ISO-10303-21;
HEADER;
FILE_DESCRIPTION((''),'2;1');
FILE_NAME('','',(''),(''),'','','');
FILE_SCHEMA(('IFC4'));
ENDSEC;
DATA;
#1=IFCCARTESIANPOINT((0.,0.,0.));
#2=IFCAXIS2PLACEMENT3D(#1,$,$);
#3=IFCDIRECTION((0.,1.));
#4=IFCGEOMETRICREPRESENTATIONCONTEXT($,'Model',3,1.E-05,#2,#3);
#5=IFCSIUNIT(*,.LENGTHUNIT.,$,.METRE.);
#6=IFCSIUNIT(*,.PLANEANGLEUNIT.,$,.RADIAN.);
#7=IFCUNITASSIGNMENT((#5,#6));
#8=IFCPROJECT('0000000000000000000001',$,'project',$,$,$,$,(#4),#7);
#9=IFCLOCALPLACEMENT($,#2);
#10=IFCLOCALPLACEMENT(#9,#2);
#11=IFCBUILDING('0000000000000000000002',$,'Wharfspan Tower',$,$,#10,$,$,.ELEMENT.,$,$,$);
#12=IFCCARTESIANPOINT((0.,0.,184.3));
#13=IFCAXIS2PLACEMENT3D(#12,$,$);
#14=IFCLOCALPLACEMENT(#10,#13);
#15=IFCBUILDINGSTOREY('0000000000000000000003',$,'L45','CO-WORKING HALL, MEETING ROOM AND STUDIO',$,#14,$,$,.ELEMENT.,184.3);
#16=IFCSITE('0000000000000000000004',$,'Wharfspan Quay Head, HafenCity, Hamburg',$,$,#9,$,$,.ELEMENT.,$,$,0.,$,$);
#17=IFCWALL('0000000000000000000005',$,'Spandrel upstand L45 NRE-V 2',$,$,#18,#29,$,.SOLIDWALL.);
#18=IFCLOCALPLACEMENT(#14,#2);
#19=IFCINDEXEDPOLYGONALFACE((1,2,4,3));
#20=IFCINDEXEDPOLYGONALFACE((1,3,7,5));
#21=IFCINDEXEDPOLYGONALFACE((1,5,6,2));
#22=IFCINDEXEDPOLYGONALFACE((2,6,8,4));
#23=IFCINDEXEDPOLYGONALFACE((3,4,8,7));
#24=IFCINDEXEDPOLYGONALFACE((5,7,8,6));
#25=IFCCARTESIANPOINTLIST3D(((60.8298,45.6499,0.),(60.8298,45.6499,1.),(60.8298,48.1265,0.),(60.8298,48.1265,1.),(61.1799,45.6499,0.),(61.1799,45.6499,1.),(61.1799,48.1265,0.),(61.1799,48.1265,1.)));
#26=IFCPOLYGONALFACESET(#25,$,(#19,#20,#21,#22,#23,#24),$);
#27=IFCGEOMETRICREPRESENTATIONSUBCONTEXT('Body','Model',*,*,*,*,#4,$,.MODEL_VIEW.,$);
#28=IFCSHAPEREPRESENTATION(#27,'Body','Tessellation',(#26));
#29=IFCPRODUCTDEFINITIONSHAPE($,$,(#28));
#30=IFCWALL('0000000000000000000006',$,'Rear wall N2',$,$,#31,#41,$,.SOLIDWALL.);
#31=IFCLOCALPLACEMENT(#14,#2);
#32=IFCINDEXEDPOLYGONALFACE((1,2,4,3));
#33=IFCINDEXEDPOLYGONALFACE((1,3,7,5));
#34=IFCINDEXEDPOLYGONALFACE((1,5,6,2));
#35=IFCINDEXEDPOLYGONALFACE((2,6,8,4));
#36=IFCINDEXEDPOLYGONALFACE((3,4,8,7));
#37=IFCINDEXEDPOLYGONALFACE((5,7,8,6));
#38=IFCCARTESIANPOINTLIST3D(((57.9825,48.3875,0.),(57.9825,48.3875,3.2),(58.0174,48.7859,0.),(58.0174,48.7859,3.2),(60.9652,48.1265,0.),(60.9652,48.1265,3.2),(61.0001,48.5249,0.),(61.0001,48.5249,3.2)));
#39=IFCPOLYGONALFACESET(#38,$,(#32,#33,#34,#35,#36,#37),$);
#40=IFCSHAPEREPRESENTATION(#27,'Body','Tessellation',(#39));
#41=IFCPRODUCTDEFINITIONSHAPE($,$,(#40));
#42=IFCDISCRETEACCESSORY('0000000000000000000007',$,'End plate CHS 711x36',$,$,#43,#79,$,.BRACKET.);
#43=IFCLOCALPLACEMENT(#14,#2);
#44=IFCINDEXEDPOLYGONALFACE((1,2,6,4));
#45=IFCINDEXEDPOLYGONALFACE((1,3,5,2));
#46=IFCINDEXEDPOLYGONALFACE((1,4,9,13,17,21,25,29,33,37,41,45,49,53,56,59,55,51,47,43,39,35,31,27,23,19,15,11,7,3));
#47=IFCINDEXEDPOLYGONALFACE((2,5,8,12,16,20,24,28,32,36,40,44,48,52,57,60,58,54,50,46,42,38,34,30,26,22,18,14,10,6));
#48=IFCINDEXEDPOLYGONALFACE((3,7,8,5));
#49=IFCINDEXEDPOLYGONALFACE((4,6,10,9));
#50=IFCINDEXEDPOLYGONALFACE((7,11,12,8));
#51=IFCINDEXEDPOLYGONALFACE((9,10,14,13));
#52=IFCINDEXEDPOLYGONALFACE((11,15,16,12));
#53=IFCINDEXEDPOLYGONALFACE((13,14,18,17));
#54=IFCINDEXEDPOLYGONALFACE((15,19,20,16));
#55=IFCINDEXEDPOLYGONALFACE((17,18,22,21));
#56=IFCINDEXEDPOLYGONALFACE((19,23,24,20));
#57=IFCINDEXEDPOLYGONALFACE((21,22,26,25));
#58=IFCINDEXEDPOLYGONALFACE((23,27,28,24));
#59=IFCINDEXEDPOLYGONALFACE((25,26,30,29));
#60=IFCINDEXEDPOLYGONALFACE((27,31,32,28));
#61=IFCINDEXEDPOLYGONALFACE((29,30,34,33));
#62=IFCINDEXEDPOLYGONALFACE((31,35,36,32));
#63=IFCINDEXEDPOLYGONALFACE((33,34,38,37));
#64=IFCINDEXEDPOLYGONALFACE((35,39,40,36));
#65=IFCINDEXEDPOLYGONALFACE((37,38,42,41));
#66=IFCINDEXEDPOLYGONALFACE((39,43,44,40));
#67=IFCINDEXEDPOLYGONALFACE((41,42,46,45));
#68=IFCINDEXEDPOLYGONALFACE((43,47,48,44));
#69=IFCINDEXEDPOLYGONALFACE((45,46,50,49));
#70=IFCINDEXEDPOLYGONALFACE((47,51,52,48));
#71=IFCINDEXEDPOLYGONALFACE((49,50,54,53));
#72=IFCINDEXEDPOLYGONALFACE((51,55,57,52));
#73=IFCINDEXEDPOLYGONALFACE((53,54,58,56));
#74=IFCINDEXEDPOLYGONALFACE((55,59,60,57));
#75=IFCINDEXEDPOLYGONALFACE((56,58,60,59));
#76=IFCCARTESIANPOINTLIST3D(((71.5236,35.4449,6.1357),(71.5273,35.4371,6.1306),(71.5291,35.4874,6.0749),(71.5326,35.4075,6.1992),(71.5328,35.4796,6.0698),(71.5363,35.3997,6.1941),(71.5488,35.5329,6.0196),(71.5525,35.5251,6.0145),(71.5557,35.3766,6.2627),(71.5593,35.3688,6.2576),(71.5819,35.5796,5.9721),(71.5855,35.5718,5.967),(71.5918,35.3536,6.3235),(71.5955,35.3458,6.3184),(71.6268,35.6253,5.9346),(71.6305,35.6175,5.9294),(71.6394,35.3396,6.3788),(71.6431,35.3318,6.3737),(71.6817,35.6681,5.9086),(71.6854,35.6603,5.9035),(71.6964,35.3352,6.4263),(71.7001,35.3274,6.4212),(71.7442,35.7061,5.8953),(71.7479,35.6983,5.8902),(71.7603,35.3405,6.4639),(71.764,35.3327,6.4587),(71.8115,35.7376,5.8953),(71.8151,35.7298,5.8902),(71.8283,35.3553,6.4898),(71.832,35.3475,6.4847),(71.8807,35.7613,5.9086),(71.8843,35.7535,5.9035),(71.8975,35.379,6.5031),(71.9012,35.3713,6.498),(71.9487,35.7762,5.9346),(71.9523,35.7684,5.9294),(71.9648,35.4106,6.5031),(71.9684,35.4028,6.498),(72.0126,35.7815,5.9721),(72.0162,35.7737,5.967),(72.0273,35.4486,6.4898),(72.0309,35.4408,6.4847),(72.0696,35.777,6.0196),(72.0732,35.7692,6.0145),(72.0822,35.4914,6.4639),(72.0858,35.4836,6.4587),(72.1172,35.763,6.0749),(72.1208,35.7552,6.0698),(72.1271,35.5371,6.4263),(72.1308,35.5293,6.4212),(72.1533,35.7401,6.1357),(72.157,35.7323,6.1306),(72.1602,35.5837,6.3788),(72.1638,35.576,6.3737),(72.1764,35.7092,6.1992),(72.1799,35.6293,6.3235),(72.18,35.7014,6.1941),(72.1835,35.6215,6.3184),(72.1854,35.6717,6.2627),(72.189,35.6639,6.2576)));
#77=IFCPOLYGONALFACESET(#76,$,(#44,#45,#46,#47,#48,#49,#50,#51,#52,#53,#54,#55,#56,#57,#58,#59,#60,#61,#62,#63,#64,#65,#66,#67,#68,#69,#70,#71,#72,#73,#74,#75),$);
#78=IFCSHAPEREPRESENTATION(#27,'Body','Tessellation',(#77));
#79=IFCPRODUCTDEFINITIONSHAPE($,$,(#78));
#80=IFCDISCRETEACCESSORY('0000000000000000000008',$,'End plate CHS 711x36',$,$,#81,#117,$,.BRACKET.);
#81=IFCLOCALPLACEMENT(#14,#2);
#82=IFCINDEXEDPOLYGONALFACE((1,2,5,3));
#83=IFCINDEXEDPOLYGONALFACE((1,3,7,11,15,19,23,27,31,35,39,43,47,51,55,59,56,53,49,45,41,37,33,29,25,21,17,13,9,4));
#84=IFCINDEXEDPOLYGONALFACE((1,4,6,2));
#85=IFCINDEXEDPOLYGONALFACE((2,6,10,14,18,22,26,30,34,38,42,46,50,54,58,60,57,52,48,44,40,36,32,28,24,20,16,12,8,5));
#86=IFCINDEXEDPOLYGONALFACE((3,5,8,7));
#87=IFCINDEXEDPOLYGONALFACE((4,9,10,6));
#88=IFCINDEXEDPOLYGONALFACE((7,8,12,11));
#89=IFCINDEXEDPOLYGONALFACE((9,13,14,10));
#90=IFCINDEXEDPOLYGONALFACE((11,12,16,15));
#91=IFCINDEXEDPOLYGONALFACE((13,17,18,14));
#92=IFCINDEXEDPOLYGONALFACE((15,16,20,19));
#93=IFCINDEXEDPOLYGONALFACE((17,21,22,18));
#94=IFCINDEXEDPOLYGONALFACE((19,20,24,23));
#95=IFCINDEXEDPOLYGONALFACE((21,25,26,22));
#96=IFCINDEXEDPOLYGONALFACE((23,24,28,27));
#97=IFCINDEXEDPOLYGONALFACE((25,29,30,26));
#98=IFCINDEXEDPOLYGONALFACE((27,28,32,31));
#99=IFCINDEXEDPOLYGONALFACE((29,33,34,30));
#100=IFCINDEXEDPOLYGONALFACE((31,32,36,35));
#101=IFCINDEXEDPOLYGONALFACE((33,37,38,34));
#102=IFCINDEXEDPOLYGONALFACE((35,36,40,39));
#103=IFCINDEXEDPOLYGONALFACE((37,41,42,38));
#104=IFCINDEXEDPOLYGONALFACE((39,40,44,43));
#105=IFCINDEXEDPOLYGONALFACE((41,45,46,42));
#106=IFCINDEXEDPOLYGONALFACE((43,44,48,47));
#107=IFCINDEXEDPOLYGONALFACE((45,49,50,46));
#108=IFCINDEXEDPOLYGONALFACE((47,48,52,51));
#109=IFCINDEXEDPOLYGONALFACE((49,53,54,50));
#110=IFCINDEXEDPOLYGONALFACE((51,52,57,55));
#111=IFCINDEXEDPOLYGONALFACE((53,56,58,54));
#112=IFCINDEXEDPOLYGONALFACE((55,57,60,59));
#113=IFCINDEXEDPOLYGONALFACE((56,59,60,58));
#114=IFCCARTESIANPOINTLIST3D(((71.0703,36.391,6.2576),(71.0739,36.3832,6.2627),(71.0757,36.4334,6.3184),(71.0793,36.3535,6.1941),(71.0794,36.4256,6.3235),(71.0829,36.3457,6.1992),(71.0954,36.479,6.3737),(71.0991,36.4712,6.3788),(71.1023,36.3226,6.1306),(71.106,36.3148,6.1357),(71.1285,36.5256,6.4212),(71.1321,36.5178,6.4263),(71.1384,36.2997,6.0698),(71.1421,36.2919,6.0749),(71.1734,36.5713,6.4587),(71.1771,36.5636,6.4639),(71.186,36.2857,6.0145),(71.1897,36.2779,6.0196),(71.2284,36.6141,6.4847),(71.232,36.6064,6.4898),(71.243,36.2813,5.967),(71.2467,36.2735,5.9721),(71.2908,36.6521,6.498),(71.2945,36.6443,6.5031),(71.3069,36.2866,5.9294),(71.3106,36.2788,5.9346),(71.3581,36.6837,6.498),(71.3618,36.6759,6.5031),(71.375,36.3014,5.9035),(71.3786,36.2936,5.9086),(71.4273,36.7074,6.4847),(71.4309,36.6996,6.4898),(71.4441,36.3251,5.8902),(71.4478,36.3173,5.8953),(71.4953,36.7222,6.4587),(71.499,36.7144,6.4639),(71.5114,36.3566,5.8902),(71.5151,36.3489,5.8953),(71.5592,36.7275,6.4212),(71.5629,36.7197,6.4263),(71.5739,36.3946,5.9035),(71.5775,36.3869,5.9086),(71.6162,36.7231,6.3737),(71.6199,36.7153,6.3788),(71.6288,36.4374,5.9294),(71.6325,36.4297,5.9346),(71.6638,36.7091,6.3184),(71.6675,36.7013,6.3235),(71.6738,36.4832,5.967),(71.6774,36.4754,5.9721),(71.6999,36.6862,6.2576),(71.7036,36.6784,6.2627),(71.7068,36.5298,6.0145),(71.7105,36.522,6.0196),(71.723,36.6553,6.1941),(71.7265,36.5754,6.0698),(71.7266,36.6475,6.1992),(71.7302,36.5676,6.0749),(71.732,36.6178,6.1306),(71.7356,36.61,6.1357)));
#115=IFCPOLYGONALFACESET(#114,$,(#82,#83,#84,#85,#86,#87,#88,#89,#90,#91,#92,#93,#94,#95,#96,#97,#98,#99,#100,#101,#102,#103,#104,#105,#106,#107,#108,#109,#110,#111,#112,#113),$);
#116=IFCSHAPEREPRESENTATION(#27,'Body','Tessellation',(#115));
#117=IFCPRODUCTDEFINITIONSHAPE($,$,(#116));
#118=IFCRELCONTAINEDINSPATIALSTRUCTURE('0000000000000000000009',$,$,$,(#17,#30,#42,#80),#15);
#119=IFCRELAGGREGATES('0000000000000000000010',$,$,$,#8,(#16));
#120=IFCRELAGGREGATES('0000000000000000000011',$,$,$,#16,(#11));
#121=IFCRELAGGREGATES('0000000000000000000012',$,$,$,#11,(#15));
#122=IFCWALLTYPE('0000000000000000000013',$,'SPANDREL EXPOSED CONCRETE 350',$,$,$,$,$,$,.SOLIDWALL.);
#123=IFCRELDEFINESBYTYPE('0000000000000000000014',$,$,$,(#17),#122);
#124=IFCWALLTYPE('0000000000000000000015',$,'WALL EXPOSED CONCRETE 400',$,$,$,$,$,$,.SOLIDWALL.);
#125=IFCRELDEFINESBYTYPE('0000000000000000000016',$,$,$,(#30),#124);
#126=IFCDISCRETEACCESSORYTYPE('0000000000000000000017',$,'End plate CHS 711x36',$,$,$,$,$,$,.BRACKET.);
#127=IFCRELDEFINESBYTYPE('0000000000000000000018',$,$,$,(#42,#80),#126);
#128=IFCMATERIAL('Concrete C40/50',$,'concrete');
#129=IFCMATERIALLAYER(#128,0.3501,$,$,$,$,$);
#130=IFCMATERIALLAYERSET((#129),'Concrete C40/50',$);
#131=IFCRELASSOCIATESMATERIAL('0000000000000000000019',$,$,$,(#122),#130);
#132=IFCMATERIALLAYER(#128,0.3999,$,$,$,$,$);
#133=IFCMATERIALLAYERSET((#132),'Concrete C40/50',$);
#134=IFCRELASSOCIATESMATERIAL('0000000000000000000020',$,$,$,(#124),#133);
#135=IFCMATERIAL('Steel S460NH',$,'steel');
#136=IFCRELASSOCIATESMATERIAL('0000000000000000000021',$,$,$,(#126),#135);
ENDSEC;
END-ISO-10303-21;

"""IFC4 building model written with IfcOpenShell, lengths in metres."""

from ifc_helpers import new_model, si_unit, direction, frame, frame_2d, origin, origin_2d, place, context, subcontext, project, spatial, rectangle, circle, extrude, material, layer, layer_set, material_profile, profile_set, type_object, element, save


model = new_model("IFC4")

# Units and contexts
model_context = context("Model", 3, precision=1e-05, world=origin(), true_north=direction((0.0, 1.0)))
body_context = subcontext(model_context, "Body", "Model", "MODEL_VIEW")
ifc_project = project(units=[si_unit("LENGTHUNIT", "METRE"), si_unit("PLANEANGLEUNIT", "RADIAN")], contexts=[model_context])

# Site, building, storey
site_placement = place(None, origin())
site = spatial("IfcSite", under=ifc_project, at=site_placement, Name="Wharfspan Quay Head, HafenCity, Hamburg", CompositionType="ELEMENT", RefElevation=0.0)
building_placement = place(site_placement, origin())
building = spatial("IfcBuilding", under=site, at=building_placement, Name="Wharfspan Tower", CompositionType="ELEMENT")
storey_placement = place(building_placement, frame((0.0, 0.0, 184.3)))
storey = spatial("IfcBuildingStorey", under=building, at=storey_placement, Name="L45", Description="CO-WORKING HALL, MEETING ROOM AND STUDIO", CompositionType="ELEMENT", Elevation=184.3)

# Shared definitions
ifc_material_1 = material(Name="Steel S460NH", Category="steel")

# Walls
ifc_material_2 = material(Name="Concrete C40/50", Category="concrete")
ifc_layer_1 = layer(ifc_material_2, 0.3501)
ifc_layer_set_1 = layer_set([ifc_layer_1], Name="Concrete C40/50")
wall_type_1 = type_object("IfcWallType", Name="SPANDREL EXPOSED CONCRETE 350", PredefinedType="SOLIDWALL", material=ifc_layer_set_1)
wall_1_placement = place(storey_placement, frame((61.0049, 45.6499, 0.0), z_axis=(0.0, 0.0, 1.0), x_axis=(0.0, 1.0, 0.0)))
element("IfcWall", 1, at=wall_1_placement, inside=storey, type_object=wall_type_1, Name="Spandrel upstand L45 NRE-V 2", PredefinedType="SOLIDWALL", context=body_context, shape_type="SweptSolid", body=[
    extrude(rectangle(XDim=2.4766, YDim=0.3501, at=frame_2d((1.2383, 0.0))), origin(), (0.0, 0.0, 1.0), 1.0),
])
ifc_layer_2 = layer(ifc_material_2, 0.3999)
ifc_layer_set_2 = layer_set([ifc_layer_2], Name="Concrete C40/50")
wall_type_2 = type_object("IfcWallType", Name="WALL EXPOSED CONCRETE 400", PredefinedType="SOLIDWALL", material=ifc_layer_set_2)
wall_2_placement = place(storey_placement, frame((60.9827, 48.3257, 0.0), z_axis=(0.0, 0.0, 1.0), x_axis=(-0.996194, 0.087168, 0.0)))
element("IfcWall", 2, at=wall_2_placement, inside=storey, type_object=wall_type_2, Name="Rear wall N2", PredefinedType="SOLIDWALL", context=body_context, shape_type="SweptSolid", body=[
    extrude(rectangle(XDim=2.9941, YDim=0.3999, at=frame_2d((1.4971, 0.0))), origin(), (0.0, 0.0, 1.0), 3.2),
])

# Discrete accessories
ifc_material_profile_1 = material_profile(ifc_material_1, circle(Radius=0.3555, at=origin_2d()))
ifc_profile_set_1 = profile_set([ifc_material_profile_1], Name="Steel S460NH")
discrete_accessory_type = type_object("IfcDiscreteAccessoryType", Name="End plate CHS 711x36", PredefinedType="BRACKET", material=ifc_profile_set_1)
for number, where, z_axis, x_axis, name in (
    (3, (71.8582, 35.5505, 6.1941), (-0.364878, 0.778407, 0.510829), (-0.905462, -0.424435, 0.0), "End plate CHS 711x36"),
    (4, (71.4011, 36.5044, 6.1941), (0.364878, -0.778407, 0.510829), (0.905462, 0.424435, 0.0), "End plate CHS 711x36"),
):
    element("IfcDiscreteAccessory", number, at=place(storey_placement, frame(where, z_axis=z_axis, x_axis=x_axis)), inside=storey, type_object=discrete_accessory_type, Name=name, PredefinedType="BRACKET", context=body_context, shape_type="SweptSolid", body=[
        extrude(circle(Radius=0.3555, at=origin_2d()), origin(), (0.0, 0.0, 1.0), 0.01),
    ])

save(model, "model.ifc")
